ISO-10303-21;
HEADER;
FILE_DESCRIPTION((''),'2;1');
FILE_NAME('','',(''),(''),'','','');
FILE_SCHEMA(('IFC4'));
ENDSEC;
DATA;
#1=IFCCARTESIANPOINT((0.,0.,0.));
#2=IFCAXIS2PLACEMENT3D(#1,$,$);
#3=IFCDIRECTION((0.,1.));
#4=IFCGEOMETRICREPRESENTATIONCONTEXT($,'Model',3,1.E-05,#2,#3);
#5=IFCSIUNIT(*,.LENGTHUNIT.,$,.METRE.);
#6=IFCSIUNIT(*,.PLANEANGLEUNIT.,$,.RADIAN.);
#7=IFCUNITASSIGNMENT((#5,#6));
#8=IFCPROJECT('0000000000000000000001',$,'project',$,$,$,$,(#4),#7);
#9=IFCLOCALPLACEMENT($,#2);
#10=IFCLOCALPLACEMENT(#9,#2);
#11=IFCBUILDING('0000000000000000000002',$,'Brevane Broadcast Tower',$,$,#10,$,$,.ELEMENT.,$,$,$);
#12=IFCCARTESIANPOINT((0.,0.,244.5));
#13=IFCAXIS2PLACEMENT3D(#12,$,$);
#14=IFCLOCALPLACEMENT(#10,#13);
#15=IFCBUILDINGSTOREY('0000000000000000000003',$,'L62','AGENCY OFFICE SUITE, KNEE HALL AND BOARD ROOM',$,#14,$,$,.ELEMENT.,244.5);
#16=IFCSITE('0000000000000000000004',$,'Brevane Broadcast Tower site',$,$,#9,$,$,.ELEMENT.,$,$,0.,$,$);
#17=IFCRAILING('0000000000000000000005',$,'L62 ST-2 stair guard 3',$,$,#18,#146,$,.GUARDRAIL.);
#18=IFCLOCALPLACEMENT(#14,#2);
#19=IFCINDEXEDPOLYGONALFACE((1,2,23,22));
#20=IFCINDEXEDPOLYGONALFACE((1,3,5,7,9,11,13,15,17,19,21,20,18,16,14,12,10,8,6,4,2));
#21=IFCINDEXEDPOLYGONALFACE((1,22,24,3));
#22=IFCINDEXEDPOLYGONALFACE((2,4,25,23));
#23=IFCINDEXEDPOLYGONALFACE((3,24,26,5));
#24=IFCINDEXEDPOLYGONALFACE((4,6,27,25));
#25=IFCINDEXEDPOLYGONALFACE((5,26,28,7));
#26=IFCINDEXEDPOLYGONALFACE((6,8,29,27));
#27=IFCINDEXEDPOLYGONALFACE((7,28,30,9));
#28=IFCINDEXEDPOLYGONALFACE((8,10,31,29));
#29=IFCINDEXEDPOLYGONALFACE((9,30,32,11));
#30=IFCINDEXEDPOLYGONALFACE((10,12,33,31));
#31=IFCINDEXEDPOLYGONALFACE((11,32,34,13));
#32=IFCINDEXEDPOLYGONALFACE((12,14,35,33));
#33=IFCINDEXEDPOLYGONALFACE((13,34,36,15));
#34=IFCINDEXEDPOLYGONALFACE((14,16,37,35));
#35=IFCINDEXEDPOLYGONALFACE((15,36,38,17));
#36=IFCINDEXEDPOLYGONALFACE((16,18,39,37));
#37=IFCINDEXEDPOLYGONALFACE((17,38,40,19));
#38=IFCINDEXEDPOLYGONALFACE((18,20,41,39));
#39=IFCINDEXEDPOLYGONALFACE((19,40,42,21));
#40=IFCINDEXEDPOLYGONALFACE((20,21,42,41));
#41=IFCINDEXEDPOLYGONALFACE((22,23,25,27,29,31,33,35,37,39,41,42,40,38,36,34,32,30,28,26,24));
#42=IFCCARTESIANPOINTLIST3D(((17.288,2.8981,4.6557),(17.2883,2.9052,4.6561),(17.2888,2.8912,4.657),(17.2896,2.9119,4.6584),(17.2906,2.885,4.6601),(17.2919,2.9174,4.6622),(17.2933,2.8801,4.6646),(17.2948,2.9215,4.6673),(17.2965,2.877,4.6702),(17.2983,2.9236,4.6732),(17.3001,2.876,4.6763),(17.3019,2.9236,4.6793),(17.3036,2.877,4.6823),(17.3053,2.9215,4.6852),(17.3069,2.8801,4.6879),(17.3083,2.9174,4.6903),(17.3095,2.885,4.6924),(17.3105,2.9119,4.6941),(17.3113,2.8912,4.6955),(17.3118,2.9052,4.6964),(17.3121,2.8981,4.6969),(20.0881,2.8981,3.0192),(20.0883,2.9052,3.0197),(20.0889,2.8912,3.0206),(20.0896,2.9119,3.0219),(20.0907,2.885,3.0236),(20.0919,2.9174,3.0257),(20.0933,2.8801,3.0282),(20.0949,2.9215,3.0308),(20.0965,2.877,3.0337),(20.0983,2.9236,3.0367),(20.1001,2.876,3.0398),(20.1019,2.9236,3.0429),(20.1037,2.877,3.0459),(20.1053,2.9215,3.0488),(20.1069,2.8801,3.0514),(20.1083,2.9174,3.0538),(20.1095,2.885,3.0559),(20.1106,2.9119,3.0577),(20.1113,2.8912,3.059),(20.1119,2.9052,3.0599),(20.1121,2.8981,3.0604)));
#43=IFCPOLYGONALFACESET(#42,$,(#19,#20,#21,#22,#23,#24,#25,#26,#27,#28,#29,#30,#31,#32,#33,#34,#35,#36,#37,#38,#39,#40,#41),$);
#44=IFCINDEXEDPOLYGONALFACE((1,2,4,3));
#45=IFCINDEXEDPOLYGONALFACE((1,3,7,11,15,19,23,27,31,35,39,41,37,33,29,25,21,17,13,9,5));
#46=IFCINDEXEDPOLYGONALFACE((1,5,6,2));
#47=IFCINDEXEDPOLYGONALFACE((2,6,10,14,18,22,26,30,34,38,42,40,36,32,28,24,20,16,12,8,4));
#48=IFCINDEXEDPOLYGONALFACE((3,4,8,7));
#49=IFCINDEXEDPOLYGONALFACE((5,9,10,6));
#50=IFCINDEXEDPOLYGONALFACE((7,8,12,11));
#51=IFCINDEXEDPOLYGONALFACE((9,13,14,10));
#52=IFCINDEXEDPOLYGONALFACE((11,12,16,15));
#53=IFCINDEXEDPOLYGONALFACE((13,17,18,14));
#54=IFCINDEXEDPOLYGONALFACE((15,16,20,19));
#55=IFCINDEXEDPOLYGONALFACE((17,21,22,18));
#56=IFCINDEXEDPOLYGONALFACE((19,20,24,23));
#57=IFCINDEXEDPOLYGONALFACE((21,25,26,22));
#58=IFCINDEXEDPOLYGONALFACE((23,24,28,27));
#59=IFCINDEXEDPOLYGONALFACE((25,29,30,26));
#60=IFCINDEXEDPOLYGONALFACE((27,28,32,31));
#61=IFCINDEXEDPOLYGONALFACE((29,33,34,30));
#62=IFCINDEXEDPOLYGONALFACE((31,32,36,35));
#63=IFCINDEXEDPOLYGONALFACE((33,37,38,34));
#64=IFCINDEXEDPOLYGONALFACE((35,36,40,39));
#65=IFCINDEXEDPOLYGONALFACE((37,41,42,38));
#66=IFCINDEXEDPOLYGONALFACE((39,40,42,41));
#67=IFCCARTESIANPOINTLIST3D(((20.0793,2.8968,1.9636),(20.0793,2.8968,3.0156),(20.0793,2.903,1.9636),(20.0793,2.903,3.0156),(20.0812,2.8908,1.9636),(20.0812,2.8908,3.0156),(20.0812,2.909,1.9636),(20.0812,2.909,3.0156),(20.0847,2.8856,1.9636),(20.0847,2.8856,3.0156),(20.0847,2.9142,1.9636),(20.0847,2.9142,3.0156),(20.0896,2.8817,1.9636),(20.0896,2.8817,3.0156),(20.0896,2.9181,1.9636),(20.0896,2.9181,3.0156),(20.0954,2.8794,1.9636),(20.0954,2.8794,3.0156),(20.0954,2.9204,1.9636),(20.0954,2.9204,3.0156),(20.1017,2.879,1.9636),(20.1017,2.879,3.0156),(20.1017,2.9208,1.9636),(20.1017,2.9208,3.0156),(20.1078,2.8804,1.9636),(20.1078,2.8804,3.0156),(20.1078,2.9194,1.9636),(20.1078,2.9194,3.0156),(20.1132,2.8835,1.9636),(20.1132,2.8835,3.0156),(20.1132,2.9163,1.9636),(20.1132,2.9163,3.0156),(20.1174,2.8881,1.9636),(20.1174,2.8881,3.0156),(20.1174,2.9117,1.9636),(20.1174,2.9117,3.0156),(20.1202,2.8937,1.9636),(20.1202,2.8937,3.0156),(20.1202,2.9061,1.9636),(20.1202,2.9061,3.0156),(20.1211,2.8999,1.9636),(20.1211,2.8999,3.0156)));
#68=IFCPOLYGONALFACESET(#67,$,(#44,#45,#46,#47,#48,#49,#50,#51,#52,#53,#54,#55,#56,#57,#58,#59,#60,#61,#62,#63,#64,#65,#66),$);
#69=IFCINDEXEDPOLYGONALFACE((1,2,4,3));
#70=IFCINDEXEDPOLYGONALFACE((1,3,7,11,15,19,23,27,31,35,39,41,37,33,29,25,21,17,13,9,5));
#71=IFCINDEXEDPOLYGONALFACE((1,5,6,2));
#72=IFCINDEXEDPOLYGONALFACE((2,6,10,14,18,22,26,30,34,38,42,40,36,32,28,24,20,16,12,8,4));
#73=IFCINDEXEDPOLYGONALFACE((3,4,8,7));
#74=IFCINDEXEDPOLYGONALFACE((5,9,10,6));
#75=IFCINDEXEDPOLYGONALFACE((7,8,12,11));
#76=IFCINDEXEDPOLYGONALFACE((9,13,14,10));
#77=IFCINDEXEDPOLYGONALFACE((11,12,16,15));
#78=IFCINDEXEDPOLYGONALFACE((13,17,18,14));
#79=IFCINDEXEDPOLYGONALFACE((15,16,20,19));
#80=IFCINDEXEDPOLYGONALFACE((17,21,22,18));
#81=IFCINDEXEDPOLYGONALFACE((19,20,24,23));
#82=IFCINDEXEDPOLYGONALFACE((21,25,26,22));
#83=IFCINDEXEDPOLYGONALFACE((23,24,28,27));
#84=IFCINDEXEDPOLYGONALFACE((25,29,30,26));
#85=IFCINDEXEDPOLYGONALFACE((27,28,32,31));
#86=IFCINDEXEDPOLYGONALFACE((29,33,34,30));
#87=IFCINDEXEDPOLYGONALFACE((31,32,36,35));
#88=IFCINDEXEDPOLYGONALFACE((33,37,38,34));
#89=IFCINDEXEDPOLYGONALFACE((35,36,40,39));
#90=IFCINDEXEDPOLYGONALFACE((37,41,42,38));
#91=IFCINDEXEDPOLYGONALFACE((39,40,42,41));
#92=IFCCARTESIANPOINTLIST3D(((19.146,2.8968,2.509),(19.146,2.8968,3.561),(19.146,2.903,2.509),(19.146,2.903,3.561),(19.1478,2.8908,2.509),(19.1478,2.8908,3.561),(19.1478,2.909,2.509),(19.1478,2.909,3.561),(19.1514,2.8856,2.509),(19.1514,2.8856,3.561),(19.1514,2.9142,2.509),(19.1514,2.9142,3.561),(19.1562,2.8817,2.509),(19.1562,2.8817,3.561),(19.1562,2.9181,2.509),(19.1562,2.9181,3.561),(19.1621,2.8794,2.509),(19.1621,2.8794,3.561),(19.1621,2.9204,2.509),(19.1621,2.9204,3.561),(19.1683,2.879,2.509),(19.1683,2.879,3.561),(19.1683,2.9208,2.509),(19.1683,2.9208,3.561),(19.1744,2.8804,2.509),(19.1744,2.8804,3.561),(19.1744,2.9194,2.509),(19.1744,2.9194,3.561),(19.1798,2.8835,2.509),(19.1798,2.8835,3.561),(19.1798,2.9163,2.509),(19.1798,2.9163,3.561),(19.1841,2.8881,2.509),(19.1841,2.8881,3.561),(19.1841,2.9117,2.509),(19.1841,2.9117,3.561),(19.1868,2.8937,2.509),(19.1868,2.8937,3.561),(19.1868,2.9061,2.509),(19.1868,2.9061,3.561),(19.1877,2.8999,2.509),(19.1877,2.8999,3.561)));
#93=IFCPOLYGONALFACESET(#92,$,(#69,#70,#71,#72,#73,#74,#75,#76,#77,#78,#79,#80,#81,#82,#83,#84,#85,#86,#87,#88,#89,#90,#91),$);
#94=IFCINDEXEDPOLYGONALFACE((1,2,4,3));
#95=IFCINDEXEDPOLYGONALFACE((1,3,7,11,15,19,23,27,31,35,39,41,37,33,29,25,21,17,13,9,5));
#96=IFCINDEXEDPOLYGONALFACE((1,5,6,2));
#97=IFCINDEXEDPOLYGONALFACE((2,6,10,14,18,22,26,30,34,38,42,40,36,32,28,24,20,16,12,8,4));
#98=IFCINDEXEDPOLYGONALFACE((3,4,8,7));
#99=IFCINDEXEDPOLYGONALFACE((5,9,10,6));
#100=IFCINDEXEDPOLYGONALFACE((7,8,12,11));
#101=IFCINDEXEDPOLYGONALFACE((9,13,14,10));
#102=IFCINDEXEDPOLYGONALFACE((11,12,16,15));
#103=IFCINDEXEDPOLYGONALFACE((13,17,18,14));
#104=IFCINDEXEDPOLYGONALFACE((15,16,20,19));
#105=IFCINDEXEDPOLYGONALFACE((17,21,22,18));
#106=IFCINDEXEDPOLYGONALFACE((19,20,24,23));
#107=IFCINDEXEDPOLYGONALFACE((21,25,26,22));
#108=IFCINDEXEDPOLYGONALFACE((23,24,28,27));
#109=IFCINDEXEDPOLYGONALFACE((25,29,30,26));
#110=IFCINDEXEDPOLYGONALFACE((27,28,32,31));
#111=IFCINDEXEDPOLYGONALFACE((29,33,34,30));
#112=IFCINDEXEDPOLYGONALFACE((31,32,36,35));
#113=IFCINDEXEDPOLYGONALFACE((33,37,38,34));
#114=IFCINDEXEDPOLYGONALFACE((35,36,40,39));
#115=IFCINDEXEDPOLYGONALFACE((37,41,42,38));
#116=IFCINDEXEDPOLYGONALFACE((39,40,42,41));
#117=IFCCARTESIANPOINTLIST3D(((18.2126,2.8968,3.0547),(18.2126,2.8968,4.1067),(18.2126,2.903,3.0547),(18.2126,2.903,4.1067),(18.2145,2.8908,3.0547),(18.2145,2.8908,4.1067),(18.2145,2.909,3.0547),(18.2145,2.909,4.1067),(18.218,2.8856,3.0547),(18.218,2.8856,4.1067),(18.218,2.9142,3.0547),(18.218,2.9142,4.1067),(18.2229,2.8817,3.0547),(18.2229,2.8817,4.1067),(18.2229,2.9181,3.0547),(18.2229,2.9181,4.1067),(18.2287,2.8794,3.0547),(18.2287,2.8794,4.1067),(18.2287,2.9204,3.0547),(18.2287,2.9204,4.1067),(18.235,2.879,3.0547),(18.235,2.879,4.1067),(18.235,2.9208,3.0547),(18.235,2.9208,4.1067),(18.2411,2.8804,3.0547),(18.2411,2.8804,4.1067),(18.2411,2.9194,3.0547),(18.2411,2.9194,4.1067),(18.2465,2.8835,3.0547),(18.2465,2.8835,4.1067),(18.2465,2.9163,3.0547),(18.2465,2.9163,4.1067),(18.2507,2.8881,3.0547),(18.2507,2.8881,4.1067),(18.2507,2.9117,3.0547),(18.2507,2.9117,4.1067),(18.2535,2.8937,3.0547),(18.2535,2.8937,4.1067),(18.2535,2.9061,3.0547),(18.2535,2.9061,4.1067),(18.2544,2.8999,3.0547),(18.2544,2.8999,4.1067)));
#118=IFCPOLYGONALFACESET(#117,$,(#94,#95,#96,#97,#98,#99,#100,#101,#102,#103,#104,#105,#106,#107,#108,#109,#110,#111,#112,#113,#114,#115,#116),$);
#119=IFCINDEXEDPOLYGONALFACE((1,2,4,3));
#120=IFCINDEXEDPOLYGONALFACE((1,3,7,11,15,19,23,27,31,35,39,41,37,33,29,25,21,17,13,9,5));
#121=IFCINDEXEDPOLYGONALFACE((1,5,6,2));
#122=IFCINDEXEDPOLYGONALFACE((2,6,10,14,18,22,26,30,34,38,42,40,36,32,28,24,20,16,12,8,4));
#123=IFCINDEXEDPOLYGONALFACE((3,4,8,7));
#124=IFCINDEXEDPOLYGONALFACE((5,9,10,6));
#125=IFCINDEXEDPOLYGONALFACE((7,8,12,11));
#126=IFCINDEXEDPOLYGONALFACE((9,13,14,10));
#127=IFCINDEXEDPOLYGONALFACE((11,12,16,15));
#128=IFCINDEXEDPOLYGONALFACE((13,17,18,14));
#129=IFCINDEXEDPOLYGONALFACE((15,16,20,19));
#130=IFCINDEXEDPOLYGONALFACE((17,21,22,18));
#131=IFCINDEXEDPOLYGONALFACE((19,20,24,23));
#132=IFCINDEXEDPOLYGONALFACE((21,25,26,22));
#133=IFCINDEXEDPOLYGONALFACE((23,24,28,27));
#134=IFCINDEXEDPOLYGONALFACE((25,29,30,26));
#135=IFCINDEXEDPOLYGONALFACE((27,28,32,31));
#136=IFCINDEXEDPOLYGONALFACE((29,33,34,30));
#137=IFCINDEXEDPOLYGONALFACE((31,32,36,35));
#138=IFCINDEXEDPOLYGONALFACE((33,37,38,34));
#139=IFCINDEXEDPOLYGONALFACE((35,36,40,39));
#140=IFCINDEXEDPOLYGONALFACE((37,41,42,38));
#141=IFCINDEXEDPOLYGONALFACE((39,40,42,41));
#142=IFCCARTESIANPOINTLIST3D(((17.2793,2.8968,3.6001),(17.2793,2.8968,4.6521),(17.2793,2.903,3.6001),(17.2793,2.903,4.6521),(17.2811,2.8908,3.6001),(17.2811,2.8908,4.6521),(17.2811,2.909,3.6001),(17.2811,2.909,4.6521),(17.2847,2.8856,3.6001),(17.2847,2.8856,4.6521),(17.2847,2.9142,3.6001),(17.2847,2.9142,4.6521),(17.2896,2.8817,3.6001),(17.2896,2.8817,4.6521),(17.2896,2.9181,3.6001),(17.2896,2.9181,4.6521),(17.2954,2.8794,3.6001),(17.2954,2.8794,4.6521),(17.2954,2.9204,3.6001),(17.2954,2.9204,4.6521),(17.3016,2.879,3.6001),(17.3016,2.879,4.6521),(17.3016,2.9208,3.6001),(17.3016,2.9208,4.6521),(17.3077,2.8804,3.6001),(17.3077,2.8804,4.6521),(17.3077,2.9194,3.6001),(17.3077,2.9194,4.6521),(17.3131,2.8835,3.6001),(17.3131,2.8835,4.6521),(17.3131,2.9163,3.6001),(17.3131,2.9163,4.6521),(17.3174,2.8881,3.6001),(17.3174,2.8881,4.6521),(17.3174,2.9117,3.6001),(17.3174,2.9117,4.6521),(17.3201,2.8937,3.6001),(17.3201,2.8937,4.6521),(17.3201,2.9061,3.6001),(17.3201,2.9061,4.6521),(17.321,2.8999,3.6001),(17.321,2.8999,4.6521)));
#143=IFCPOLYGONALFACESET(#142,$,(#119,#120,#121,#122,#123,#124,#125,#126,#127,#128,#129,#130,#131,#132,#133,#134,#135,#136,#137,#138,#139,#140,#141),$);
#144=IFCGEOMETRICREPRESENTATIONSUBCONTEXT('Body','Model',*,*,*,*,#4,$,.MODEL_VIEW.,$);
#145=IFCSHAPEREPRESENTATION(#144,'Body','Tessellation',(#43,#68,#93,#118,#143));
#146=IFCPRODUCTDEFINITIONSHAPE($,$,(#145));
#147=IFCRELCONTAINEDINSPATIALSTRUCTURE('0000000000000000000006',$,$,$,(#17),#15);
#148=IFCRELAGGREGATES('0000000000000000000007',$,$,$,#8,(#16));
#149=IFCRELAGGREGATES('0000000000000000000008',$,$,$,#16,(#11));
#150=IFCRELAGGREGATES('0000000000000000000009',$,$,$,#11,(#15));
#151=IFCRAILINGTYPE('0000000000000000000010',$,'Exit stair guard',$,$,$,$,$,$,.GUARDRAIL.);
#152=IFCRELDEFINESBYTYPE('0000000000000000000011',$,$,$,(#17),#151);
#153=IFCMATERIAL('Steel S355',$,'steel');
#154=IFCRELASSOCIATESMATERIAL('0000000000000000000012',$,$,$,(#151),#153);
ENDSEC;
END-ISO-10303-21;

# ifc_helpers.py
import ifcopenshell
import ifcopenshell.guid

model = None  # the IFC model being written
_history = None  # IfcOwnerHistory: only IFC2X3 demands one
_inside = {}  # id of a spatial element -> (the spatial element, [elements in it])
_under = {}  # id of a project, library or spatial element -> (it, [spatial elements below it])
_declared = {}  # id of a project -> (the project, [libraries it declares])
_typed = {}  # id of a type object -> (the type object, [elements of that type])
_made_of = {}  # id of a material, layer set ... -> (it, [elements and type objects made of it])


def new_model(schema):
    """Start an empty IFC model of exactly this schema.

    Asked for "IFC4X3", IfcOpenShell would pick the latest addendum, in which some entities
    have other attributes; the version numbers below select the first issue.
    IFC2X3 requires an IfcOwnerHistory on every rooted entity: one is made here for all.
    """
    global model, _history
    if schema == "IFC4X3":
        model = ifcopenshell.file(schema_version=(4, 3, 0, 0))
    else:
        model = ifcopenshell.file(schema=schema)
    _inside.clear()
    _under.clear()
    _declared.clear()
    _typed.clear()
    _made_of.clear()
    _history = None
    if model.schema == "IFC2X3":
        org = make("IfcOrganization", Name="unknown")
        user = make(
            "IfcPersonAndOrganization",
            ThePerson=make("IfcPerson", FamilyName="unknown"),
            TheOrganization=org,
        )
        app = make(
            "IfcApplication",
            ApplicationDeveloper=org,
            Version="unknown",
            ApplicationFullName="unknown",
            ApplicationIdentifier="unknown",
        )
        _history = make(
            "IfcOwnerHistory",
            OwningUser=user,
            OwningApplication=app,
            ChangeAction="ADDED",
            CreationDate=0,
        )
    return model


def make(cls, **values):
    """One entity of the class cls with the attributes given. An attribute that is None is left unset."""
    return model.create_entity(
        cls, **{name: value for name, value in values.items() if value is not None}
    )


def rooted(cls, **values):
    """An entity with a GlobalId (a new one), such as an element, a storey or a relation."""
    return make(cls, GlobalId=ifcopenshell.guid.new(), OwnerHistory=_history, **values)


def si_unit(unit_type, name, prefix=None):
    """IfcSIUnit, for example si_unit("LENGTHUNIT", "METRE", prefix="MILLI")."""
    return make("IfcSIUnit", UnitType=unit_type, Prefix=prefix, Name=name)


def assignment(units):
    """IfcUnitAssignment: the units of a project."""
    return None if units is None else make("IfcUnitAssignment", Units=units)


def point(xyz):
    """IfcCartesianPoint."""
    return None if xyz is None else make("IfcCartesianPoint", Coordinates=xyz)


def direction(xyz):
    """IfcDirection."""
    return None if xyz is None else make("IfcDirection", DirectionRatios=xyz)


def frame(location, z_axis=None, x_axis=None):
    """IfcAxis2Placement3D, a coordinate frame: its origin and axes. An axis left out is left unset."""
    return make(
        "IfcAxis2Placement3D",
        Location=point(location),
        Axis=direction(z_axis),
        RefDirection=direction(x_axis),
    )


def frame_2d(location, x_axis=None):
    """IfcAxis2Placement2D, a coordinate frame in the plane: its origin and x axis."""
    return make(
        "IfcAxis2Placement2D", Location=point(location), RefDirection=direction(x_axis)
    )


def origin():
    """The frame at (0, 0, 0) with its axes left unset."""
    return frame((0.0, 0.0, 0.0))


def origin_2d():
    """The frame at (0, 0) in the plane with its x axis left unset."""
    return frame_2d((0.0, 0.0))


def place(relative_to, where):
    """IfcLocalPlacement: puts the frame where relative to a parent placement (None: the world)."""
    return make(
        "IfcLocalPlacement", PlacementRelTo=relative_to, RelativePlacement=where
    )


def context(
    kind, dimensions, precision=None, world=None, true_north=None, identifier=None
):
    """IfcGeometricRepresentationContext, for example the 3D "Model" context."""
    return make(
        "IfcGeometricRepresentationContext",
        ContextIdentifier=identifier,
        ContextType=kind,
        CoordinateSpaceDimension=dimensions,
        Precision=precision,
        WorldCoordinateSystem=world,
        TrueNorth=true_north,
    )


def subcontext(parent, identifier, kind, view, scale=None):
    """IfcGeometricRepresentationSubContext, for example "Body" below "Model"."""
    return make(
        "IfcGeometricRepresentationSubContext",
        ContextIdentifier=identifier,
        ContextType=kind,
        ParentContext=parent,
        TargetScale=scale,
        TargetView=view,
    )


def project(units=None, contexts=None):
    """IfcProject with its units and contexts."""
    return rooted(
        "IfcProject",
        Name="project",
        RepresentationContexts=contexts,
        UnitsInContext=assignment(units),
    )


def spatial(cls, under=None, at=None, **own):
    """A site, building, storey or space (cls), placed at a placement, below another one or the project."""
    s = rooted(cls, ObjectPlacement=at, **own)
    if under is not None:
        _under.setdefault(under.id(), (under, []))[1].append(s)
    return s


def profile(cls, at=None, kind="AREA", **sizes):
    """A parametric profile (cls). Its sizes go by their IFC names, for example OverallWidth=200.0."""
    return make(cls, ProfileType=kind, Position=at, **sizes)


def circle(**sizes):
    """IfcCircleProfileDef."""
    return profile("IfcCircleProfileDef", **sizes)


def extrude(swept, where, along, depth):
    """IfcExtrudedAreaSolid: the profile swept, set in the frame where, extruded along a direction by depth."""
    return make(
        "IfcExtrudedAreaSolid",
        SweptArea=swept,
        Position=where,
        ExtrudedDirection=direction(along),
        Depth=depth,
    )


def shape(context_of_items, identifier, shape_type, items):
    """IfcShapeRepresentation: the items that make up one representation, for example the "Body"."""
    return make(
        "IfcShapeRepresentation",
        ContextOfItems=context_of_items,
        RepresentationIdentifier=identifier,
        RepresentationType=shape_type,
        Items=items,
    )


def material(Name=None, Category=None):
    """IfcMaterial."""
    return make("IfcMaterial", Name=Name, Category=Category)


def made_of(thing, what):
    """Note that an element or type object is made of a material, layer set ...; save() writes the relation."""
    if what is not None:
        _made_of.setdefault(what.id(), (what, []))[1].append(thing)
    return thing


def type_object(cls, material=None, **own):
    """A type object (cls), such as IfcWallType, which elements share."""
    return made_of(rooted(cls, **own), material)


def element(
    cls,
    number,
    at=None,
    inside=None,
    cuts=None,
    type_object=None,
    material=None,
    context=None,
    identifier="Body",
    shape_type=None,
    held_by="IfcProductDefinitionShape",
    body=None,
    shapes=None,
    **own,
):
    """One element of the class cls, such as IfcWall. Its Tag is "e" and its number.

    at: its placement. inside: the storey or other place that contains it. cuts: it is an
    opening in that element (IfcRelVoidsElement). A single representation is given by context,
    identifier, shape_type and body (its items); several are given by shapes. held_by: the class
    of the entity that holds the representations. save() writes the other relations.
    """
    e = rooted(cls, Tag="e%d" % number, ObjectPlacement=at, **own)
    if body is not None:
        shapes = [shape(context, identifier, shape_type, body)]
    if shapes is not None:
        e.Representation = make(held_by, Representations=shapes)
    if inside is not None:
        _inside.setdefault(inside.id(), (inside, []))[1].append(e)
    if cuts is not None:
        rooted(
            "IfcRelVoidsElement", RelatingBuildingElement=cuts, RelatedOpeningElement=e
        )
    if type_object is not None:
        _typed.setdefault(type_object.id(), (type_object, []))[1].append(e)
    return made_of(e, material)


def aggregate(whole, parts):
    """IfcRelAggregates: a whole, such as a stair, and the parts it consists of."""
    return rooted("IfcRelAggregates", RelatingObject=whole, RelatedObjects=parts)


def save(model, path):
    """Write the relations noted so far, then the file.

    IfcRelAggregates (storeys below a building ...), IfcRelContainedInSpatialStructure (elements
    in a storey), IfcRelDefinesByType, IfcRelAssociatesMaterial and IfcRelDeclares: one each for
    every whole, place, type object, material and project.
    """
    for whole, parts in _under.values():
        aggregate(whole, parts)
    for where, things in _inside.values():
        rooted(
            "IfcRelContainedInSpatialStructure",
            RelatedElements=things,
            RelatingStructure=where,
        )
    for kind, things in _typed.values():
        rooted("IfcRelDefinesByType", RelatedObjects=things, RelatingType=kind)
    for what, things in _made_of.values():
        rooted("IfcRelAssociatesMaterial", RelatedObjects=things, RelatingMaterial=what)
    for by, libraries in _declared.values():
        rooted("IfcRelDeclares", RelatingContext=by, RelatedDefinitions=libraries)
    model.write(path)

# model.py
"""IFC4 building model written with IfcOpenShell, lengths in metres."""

from ifc_helpers import new_model, si_unit, direction, frame, origin, origin_2d, place, context, subcontext, project, spatial, circle, extrude, material, type_object, element, save


model = new_model("IFC4")

# Units and contexts
model_context = context("Model", 3, precision=1e-05, world=origin(), true_north=direction((0.0, 1.0)))
body_context = subcontext(model_context, "Body", "Model", "MODEL_VIEW")
ifc_project = project(units=[si_unit("LENGTHUNIT", "METRE"), si_unit("PLANEANGLEUNIT", "RADIAN")], contexts=[model_context])

# Site, building, storey
site_placement = place(None, origin())
site = spatial("IfcSite", under=ifc_project, at=site_placement, Name="Brevane Broadcast Tower site", CompositionType="ELEMENT", RefElevation=0.0)
building_placement = place(site_placement, origin())
building = spatial("IfcBuilding", under=site, at=building_placement, Name="Brevane Broadcast Tower", CompositionType="ELEMENT")
storey_placement = place(building_placement, frame((0.0, 0.0, 244.5)))
storey = spatial("IfcBuildingStorey", under=building, at=storey_placement, Name="L62", Description="AGENCY OFFICE SUITE, KNEE HALL AND BOARD ROOM", CompositionType="ELEMENT", Elevation=244.5)

# Railing
ifc_material_1 = material(Name="Steel S355", Category="steel")
railing_type_1 = type_object("IfcRailingType", Name="Exit stair guard", PredefinedType="GUARDRAIL", material=ifc_material_1)
railing_1_placement = place(storey_placement, frame((20.1001, 2.8999, 1.9636)))
element("IfcRailing", 1, at=railing_1_placement, inside=storey, type_object=railing_type_1, Name="L62 ST-2 stair guard 3", PredefinedType="GUARDRAIL", context=body_context, shape_type="SweptSolid", body=[
    extrude(circle(Radius=0.0239, at=origin_2d()), frame((0.0, 0.0, 1.0762), z_axis=(-0.863361, 0.0, 0.504587), x_axis=(0.0, -1.0, 0.0)), (0.0, 0.0, 1.0), 3.2432),
    extrude(circle(Radius=0.021, at=origin_2d()), origin(), (0.0, 0.0, 1.0), 1.052),
    extrude(circle(Radius=0.021, at=origin_2d()), frame((-0.9333, 0.0, 0.5454)), (0.0, 0.0, 1.0), 1.052),
    extrude(circle(Radius=0.021, at=origin_2d()), frame((-1.8667, 0.0, 1.0911)), (0.0, 0.0, 1.0), 1.052),
    extrude(circle(Radius=0.021, at=origin_2d()), frame((-2.8, 0.0, 1.6365)), (0.0, 0.0, 1.0), 1.052),
])

save(model, "model.ifc")
